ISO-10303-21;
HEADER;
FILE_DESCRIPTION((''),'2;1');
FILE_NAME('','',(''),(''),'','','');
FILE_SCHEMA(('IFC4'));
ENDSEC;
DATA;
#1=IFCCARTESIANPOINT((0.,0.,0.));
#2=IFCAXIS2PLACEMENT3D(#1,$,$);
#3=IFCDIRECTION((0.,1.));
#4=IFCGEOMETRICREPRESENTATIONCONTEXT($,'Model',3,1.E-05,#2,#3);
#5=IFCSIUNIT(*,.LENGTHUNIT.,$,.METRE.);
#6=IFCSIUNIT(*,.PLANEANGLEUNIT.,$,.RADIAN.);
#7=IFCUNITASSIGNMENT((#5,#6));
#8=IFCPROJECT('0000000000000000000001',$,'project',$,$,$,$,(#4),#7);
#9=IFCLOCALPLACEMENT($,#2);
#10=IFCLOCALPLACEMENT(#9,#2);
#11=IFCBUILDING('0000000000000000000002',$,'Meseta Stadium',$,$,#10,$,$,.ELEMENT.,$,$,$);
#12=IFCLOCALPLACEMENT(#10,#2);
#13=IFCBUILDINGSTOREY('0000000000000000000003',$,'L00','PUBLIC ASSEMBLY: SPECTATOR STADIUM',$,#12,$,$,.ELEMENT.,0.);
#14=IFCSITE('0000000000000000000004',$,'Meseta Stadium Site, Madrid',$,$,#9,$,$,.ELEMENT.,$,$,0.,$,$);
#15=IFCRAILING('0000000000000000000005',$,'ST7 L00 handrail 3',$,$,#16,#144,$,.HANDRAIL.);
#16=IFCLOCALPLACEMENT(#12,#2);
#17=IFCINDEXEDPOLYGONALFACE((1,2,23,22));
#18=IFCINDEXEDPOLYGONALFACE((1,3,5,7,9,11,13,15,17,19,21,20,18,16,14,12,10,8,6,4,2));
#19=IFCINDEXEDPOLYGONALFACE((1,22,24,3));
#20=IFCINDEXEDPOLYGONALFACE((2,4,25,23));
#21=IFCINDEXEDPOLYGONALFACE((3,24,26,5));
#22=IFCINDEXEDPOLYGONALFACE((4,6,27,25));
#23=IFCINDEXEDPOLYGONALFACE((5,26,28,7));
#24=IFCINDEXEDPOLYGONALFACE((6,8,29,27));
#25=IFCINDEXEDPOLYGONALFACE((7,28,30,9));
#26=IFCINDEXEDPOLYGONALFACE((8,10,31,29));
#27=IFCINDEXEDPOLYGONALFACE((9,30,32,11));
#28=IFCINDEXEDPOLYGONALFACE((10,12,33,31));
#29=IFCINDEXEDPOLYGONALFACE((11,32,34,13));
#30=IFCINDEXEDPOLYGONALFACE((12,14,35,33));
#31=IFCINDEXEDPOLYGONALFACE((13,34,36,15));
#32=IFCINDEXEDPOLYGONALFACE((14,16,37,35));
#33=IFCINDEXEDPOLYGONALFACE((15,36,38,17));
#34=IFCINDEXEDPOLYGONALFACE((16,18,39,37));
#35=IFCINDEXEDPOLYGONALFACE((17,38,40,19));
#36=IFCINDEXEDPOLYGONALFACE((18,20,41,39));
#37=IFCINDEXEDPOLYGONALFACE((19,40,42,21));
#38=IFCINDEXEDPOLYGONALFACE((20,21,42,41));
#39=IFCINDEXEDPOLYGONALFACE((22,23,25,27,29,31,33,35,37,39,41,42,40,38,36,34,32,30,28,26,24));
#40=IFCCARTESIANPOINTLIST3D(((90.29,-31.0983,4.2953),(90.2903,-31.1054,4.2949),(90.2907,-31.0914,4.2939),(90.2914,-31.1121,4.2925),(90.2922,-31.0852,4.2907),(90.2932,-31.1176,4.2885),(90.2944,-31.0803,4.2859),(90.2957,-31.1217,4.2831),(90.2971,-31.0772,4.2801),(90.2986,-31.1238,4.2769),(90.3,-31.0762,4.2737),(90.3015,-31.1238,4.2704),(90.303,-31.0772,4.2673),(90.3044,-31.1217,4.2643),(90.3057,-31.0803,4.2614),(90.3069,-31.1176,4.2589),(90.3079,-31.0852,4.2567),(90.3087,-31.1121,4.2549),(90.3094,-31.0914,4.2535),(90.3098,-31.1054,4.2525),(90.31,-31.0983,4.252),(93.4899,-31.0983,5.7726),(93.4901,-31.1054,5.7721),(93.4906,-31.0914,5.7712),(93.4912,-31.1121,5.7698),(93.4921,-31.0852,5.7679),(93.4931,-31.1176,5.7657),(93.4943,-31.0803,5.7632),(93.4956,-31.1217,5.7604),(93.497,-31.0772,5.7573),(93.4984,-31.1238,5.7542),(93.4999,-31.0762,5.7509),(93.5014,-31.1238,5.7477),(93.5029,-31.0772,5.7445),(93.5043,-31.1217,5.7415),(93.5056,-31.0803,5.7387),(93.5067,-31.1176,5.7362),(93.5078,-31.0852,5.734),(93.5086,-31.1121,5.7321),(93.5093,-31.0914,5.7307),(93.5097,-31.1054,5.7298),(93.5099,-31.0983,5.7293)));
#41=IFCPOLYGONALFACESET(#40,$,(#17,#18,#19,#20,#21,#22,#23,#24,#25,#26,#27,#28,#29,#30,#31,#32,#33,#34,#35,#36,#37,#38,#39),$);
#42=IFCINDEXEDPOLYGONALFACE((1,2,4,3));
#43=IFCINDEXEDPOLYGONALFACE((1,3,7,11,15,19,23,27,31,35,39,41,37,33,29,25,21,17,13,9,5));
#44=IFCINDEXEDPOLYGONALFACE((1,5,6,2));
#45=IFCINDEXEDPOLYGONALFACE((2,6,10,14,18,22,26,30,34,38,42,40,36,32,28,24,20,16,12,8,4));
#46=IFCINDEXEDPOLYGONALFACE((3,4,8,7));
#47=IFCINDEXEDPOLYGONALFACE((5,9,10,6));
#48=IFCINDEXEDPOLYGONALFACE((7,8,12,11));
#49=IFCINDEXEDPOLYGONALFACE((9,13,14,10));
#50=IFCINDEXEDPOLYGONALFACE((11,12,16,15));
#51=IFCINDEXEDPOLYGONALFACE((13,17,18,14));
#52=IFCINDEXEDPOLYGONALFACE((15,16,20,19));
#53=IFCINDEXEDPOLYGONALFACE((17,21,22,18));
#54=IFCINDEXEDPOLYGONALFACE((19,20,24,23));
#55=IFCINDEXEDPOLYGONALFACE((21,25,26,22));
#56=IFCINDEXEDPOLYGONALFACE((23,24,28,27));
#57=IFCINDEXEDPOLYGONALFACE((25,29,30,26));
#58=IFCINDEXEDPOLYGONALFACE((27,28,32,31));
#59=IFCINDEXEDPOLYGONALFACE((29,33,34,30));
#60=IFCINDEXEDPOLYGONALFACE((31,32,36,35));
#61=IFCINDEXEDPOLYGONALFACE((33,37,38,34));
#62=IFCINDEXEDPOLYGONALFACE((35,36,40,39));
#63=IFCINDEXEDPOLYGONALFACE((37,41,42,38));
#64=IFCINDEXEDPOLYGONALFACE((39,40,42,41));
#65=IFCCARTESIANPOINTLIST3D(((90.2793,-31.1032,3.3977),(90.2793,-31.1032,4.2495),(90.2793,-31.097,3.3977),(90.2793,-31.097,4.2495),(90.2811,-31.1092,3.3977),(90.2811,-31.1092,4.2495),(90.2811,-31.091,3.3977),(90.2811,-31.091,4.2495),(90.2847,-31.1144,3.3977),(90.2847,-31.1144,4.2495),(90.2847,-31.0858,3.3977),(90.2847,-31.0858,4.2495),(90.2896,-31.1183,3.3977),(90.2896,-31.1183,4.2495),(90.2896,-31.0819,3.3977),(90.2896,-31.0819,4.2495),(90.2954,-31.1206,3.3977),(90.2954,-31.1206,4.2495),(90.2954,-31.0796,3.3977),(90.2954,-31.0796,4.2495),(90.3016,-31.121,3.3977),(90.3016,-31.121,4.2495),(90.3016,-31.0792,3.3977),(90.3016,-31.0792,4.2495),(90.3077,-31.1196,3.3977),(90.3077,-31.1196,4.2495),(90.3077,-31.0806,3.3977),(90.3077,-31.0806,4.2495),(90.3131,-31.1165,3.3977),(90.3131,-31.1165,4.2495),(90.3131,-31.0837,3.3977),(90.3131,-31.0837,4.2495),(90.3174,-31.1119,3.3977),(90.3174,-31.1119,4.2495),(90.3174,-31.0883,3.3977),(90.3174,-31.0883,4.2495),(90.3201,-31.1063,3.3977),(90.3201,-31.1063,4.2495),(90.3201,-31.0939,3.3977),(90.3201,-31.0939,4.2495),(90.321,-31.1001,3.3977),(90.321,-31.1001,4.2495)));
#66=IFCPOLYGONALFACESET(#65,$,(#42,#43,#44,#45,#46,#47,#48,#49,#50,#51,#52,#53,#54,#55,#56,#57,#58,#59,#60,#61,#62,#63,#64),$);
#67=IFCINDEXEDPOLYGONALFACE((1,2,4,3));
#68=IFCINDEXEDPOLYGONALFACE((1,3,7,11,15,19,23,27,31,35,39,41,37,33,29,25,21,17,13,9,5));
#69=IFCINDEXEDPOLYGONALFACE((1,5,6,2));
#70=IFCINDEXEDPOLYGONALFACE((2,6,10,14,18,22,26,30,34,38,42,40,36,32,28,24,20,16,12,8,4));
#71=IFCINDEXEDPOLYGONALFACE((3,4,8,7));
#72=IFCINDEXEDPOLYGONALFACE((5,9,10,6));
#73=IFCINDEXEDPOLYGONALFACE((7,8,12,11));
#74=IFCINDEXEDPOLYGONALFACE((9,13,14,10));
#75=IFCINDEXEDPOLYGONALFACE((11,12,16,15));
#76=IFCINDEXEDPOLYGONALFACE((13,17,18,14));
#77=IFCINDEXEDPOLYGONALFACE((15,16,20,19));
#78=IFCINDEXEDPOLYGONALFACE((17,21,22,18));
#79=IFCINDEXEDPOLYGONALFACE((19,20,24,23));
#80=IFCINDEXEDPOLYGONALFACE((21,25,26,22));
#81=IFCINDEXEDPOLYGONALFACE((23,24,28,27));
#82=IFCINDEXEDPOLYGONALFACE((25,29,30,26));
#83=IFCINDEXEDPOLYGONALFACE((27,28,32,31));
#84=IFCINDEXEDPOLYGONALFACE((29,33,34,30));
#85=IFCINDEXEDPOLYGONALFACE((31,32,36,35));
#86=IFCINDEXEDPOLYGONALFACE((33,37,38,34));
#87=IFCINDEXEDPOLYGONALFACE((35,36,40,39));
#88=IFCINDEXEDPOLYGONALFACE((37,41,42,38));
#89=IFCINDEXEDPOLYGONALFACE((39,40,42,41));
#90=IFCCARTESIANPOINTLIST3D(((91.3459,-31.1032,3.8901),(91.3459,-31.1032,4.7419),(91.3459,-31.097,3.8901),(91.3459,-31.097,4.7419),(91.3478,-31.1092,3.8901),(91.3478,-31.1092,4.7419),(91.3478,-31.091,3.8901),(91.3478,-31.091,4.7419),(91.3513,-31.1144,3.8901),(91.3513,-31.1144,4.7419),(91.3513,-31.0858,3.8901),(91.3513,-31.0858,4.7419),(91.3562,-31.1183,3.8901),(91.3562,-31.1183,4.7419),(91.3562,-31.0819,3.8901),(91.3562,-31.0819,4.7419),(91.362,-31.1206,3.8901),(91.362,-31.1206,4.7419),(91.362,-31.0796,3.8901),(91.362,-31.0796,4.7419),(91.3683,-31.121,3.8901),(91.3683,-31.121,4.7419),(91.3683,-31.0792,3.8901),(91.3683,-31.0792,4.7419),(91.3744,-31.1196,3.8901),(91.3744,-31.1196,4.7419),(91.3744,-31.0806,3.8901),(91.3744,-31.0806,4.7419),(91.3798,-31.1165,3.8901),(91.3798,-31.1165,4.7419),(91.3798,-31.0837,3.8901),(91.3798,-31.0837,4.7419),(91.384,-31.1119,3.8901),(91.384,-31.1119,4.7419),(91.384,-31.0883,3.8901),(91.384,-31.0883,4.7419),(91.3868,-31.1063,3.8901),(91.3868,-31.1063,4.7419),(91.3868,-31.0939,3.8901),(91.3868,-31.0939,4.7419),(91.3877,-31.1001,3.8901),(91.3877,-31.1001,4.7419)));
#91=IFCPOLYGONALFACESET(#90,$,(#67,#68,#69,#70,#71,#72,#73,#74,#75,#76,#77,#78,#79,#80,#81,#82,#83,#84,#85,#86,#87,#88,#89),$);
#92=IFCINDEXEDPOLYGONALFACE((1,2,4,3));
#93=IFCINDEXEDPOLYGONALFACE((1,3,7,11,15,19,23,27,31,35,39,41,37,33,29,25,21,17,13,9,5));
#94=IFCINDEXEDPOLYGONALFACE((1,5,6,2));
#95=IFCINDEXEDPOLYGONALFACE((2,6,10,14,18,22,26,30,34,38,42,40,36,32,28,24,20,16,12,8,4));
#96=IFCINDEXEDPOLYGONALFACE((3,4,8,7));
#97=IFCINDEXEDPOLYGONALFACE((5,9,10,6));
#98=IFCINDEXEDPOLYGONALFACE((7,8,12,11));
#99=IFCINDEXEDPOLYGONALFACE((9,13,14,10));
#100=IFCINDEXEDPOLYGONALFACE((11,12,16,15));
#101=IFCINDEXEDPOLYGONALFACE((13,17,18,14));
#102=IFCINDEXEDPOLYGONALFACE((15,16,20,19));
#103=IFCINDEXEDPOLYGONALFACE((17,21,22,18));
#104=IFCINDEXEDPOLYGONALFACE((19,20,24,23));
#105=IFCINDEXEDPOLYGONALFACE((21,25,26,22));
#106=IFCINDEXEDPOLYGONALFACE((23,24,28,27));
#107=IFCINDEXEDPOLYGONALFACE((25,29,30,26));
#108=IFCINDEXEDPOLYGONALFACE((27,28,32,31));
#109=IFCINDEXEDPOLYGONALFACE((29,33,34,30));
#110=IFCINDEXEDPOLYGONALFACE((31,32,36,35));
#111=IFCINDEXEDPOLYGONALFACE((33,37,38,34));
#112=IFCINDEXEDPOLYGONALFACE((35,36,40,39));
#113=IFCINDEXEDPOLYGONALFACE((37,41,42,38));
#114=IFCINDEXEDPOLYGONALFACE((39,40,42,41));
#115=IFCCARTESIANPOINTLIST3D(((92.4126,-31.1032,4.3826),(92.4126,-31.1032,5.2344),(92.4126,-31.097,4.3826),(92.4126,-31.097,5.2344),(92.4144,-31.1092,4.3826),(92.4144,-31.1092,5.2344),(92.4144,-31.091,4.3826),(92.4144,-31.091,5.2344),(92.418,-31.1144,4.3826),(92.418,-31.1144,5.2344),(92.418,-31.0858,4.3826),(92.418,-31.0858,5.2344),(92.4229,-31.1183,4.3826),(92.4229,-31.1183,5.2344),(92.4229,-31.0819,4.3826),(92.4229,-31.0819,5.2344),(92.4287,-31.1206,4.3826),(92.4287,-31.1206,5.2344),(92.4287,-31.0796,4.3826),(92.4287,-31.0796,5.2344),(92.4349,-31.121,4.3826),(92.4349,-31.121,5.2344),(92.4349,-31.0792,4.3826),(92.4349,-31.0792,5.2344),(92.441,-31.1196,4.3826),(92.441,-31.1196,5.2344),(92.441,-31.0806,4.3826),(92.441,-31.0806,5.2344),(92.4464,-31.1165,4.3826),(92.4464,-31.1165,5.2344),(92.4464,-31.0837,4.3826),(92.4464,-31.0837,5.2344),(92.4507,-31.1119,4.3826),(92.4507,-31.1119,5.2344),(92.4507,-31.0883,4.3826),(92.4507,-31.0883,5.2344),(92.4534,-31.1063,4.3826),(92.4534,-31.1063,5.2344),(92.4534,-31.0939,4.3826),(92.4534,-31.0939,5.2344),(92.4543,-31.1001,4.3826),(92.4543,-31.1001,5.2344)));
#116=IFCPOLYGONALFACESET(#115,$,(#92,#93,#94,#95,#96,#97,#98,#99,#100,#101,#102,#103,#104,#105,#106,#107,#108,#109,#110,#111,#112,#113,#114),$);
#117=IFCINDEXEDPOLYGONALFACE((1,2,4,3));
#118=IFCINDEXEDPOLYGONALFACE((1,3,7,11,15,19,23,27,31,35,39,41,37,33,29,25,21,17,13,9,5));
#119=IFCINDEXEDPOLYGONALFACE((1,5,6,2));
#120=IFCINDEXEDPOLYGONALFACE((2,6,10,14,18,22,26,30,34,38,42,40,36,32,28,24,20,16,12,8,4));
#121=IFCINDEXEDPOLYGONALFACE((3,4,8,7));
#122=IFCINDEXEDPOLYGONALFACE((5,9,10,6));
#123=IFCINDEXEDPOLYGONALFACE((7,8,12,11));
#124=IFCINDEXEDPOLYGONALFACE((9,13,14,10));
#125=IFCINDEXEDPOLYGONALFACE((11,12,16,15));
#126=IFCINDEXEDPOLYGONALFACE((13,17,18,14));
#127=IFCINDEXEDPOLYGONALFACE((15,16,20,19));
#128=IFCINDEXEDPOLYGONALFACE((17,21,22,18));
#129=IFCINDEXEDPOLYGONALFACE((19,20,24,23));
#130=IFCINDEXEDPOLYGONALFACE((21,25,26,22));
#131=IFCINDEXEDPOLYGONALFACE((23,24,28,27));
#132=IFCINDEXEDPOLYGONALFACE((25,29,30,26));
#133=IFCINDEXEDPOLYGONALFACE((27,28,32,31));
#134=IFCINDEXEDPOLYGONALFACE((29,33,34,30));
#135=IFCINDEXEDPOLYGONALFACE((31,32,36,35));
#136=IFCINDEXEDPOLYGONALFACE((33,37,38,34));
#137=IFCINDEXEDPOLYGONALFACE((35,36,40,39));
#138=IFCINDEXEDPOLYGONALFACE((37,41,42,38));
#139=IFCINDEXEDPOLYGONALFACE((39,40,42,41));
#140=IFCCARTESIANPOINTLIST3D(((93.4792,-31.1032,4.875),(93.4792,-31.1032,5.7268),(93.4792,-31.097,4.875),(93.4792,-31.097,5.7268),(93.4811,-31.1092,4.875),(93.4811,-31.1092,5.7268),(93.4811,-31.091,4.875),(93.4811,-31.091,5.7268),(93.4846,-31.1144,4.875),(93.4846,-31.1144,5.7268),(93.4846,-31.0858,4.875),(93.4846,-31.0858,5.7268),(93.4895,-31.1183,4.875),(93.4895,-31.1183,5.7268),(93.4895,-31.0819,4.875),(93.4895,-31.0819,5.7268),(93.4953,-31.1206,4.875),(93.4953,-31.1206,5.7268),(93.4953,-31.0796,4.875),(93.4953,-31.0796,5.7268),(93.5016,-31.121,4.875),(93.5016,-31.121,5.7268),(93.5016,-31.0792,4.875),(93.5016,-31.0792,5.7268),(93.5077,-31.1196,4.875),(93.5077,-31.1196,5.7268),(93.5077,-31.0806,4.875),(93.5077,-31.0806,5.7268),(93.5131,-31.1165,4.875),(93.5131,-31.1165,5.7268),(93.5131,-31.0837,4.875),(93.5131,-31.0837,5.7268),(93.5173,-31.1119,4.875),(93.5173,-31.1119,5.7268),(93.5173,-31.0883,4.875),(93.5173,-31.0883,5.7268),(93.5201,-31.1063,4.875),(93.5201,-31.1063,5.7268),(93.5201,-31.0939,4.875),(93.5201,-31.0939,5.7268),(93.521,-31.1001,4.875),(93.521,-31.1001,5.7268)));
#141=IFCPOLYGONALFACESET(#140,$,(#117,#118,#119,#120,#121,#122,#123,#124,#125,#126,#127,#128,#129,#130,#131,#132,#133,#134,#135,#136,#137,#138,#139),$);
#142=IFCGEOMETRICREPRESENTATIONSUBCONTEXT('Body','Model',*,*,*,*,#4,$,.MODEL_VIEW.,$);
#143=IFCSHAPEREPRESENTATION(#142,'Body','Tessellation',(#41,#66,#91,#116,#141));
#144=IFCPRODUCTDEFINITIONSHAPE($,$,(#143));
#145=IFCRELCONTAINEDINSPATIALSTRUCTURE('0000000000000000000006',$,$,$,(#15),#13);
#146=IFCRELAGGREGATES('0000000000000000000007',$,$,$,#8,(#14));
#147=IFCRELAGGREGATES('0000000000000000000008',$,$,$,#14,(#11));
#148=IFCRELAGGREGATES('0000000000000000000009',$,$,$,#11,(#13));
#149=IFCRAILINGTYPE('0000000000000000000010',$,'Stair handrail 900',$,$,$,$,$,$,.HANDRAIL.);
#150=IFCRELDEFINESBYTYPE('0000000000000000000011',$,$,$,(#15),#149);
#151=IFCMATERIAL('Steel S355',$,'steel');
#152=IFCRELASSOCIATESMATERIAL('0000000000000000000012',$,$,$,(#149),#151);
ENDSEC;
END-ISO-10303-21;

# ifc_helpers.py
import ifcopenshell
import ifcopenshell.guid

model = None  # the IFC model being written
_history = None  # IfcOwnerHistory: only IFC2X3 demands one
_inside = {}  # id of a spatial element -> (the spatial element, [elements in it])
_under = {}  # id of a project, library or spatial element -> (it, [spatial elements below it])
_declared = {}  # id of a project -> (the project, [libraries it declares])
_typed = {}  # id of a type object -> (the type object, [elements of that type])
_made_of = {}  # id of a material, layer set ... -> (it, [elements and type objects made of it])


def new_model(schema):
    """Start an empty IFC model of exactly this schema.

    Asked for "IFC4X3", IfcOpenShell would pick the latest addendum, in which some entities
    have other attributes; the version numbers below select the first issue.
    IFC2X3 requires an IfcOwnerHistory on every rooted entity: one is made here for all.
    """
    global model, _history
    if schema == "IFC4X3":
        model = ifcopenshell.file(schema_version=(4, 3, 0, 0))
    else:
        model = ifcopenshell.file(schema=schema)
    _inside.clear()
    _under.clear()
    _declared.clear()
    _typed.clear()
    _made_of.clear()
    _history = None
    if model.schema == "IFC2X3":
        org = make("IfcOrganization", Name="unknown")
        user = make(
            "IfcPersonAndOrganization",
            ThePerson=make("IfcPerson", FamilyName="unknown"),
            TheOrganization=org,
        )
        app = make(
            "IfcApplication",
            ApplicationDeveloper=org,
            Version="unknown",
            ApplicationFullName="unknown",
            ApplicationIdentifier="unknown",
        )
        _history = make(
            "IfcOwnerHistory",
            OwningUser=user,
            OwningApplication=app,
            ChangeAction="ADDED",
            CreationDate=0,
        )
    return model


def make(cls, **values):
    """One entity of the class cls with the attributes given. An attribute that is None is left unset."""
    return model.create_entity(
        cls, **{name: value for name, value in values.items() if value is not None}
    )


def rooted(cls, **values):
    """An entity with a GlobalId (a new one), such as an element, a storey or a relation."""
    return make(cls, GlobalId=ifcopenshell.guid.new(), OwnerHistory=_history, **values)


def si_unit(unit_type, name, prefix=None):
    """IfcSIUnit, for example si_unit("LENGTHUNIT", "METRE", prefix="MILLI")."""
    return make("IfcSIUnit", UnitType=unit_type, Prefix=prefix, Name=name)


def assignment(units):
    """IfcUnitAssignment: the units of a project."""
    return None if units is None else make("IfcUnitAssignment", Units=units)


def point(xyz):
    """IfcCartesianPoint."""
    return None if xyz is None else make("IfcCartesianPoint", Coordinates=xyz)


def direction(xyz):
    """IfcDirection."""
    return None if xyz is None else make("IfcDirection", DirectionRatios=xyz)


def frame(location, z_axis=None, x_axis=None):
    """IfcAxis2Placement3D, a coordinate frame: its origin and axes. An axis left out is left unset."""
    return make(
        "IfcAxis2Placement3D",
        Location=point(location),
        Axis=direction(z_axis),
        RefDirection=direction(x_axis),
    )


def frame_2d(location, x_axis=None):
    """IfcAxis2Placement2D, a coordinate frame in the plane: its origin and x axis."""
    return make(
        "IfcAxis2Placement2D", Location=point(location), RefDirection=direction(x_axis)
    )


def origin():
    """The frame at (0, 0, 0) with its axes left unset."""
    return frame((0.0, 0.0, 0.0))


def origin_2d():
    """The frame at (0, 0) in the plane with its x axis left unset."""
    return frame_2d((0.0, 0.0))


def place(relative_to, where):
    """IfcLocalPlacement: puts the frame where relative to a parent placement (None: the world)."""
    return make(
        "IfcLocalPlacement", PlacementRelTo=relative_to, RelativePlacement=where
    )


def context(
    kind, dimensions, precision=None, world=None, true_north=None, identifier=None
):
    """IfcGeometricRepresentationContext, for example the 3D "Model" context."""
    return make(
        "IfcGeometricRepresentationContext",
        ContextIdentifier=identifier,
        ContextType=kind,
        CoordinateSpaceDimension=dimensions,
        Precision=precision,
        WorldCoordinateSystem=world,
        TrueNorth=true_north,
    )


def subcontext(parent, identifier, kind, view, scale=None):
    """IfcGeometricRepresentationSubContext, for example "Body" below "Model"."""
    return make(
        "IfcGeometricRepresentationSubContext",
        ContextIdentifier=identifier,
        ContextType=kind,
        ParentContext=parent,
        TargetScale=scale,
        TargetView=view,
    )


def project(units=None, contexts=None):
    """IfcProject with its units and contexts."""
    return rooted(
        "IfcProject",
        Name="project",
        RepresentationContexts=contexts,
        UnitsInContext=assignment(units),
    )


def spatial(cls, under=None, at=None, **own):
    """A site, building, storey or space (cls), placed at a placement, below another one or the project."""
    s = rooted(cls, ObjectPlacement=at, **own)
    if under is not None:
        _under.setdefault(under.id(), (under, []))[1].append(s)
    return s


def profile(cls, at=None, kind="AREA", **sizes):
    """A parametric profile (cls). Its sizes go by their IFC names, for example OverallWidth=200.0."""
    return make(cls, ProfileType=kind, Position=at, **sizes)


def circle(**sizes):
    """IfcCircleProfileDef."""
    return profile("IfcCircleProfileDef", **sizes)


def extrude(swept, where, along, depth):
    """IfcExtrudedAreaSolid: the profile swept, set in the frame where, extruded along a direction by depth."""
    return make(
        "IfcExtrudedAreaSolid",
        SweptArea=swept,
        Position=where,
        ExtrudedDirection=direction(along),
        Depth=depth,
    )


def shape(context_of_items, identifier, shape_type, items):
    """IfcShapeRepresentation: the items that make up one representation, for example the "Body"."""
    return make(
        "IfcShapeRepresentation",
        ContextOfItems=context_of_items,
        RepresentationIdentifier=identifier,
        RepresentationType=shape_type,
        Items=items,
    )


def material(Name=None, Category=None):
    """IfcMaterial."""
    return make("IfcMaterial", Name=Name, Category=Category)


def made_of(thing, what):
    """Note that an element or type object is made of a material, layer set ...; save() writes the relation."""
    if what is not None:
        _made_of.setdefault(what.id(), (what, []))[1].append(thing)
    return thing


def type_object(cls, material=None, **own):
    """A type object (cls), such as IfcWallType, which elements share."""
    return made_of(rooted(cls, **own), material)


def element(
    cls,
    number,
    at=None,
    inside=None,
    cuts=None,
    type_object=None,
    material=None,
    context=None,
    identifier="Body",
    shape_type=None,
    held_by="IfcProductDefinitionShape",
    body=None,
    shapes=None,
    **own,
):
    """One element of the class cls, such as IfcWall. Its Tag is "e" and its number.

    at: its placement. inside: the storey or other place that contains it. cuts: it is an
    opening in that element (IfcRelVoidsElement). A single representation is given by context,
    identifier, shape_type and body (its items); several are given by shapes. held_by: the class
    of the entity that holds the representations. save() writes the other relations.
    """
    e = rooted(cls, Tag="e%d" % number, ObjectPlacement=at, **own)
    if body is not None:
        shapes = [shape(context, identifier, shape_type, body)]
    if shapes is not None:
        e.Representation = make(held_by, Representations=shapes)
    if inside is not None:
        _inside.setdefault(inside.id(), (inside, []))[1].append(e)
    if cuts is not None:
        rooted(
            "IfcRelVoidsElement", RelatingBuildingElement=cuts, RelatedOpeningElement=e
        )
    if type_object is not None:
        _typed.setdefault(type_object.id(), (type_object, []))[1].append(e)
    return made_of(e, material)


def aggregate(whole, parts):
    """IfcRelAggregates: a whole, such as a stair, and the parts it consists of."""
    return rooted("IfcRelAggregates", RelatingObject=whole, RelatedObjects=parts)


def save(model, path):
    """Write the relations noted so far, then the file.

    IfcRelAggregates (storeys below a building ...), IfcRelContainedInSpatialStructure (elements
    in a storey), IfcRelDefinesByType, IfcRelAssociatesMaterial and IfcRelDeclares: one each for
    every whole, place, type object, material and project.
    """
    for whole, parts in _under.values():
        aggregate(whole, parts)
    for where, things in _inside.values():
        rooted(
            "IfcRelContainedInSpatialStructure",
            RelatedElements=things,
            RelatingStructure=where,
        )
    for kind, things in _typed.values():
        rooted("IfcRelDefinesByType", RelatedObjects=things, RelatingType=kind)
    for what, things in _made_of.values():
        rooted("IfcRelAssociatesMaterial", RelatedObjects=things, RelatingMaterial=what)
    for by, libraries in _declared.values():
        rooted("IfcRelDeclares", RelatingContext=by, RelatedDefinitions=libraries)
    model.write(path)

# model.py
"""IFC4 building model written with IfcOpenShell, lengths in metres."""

from ifc_helpers import new_model, si_unit, direction, frame, origin, origin_2d, place, context, subcontext, project, spatial, circle, extrude, material, type_object, element, save


model = new_model("IFC4")

# Units and contexts
model_context = context("Model", 3, precision=1e-05, world=origin(), true_north=direction((0.0, 1.0)))
body_context = subcontext(model_context, "Body", "Model", "MODEL_VIEW")
ifc_project = project(units=[si_unit("LENGTHUNIT", "METRE"), si_unit("PLANEANGLEUNIT", "RADIAN")], contexts=[model_context])

# Site, building, storey
site_placement = place(None, origin())
site = spatial("IfcSite", under=ifc_project, at=site_placement, Name="Meseta Stadium Site, Madrid", CompositionType="ELEMENT", RefElevation=0.0)
building_placement = place(site_placement, origin())
building = spatial("IfcBuilding", under=site, at=building_placement, Name="Meseta Stadium", CompositionType="ELEMENT")
storey_placement = place(building_placement, origin())
storey = spatial("IfcBuildingStorey", under=building, at=storey_placement, Name="L00", Description="PUBLIC ASSEMBLY: SPECTATOR STADIUM", CompositionType="ELEMENT", Elevation=0.0)

# Railing
ifc_material_1 = material(Name="Steel S355", Category="steel")
railing_type_1 = type_object("IfcRailingType", Name="Stair handrail 900", PredefinedType="HANDRAIL", material=ifc_material_1)
railing_1_placement = place(storey_placement, frame((90.3, -31.1001, 3.3977)))
element("IfcRailing", 1, at=railing_1_placement, inside=storey, type_object=railing_type_1, Name="ST7 L00 handrail 3", PredefinedType="HANDRAIL", context=body_context, shape_type="SweptSolid", body=[
    extrude(circle(Radius=0.0239, at=origin_2d()), frame((0.0, 0.0, 0.876), z_axis=(0.907917, 0.0, 0.41915), x_axis=(0.0, 1.0, 0.0)), (0.0, 0.0, 1.0), 3.5244),
    extrude(circle(Radius=0.021, at=origin_2d()), origin(), (0.0, 0.0, 1.0), 0.8518),
    extrude(circle(Radius=0.021, at=origin_2d()), frame((1.0667, 0.0, 0.4924)), (0.0, 0.0, 1.0), 0.8518),
    extrude(circle(Radius=0.021, at=origin_2d()), frame((2.1333, 0.0, 0.9849)), (0.0, 0.0, 1.0), 0.8518),
    extrude(circle(Radius=0.021, at=origin_2d()), frame((3.2, 0.0, 1.4773)), (0.0, 0.0, 1.0), 0.8518),
])

save(model, "model.ifc")
